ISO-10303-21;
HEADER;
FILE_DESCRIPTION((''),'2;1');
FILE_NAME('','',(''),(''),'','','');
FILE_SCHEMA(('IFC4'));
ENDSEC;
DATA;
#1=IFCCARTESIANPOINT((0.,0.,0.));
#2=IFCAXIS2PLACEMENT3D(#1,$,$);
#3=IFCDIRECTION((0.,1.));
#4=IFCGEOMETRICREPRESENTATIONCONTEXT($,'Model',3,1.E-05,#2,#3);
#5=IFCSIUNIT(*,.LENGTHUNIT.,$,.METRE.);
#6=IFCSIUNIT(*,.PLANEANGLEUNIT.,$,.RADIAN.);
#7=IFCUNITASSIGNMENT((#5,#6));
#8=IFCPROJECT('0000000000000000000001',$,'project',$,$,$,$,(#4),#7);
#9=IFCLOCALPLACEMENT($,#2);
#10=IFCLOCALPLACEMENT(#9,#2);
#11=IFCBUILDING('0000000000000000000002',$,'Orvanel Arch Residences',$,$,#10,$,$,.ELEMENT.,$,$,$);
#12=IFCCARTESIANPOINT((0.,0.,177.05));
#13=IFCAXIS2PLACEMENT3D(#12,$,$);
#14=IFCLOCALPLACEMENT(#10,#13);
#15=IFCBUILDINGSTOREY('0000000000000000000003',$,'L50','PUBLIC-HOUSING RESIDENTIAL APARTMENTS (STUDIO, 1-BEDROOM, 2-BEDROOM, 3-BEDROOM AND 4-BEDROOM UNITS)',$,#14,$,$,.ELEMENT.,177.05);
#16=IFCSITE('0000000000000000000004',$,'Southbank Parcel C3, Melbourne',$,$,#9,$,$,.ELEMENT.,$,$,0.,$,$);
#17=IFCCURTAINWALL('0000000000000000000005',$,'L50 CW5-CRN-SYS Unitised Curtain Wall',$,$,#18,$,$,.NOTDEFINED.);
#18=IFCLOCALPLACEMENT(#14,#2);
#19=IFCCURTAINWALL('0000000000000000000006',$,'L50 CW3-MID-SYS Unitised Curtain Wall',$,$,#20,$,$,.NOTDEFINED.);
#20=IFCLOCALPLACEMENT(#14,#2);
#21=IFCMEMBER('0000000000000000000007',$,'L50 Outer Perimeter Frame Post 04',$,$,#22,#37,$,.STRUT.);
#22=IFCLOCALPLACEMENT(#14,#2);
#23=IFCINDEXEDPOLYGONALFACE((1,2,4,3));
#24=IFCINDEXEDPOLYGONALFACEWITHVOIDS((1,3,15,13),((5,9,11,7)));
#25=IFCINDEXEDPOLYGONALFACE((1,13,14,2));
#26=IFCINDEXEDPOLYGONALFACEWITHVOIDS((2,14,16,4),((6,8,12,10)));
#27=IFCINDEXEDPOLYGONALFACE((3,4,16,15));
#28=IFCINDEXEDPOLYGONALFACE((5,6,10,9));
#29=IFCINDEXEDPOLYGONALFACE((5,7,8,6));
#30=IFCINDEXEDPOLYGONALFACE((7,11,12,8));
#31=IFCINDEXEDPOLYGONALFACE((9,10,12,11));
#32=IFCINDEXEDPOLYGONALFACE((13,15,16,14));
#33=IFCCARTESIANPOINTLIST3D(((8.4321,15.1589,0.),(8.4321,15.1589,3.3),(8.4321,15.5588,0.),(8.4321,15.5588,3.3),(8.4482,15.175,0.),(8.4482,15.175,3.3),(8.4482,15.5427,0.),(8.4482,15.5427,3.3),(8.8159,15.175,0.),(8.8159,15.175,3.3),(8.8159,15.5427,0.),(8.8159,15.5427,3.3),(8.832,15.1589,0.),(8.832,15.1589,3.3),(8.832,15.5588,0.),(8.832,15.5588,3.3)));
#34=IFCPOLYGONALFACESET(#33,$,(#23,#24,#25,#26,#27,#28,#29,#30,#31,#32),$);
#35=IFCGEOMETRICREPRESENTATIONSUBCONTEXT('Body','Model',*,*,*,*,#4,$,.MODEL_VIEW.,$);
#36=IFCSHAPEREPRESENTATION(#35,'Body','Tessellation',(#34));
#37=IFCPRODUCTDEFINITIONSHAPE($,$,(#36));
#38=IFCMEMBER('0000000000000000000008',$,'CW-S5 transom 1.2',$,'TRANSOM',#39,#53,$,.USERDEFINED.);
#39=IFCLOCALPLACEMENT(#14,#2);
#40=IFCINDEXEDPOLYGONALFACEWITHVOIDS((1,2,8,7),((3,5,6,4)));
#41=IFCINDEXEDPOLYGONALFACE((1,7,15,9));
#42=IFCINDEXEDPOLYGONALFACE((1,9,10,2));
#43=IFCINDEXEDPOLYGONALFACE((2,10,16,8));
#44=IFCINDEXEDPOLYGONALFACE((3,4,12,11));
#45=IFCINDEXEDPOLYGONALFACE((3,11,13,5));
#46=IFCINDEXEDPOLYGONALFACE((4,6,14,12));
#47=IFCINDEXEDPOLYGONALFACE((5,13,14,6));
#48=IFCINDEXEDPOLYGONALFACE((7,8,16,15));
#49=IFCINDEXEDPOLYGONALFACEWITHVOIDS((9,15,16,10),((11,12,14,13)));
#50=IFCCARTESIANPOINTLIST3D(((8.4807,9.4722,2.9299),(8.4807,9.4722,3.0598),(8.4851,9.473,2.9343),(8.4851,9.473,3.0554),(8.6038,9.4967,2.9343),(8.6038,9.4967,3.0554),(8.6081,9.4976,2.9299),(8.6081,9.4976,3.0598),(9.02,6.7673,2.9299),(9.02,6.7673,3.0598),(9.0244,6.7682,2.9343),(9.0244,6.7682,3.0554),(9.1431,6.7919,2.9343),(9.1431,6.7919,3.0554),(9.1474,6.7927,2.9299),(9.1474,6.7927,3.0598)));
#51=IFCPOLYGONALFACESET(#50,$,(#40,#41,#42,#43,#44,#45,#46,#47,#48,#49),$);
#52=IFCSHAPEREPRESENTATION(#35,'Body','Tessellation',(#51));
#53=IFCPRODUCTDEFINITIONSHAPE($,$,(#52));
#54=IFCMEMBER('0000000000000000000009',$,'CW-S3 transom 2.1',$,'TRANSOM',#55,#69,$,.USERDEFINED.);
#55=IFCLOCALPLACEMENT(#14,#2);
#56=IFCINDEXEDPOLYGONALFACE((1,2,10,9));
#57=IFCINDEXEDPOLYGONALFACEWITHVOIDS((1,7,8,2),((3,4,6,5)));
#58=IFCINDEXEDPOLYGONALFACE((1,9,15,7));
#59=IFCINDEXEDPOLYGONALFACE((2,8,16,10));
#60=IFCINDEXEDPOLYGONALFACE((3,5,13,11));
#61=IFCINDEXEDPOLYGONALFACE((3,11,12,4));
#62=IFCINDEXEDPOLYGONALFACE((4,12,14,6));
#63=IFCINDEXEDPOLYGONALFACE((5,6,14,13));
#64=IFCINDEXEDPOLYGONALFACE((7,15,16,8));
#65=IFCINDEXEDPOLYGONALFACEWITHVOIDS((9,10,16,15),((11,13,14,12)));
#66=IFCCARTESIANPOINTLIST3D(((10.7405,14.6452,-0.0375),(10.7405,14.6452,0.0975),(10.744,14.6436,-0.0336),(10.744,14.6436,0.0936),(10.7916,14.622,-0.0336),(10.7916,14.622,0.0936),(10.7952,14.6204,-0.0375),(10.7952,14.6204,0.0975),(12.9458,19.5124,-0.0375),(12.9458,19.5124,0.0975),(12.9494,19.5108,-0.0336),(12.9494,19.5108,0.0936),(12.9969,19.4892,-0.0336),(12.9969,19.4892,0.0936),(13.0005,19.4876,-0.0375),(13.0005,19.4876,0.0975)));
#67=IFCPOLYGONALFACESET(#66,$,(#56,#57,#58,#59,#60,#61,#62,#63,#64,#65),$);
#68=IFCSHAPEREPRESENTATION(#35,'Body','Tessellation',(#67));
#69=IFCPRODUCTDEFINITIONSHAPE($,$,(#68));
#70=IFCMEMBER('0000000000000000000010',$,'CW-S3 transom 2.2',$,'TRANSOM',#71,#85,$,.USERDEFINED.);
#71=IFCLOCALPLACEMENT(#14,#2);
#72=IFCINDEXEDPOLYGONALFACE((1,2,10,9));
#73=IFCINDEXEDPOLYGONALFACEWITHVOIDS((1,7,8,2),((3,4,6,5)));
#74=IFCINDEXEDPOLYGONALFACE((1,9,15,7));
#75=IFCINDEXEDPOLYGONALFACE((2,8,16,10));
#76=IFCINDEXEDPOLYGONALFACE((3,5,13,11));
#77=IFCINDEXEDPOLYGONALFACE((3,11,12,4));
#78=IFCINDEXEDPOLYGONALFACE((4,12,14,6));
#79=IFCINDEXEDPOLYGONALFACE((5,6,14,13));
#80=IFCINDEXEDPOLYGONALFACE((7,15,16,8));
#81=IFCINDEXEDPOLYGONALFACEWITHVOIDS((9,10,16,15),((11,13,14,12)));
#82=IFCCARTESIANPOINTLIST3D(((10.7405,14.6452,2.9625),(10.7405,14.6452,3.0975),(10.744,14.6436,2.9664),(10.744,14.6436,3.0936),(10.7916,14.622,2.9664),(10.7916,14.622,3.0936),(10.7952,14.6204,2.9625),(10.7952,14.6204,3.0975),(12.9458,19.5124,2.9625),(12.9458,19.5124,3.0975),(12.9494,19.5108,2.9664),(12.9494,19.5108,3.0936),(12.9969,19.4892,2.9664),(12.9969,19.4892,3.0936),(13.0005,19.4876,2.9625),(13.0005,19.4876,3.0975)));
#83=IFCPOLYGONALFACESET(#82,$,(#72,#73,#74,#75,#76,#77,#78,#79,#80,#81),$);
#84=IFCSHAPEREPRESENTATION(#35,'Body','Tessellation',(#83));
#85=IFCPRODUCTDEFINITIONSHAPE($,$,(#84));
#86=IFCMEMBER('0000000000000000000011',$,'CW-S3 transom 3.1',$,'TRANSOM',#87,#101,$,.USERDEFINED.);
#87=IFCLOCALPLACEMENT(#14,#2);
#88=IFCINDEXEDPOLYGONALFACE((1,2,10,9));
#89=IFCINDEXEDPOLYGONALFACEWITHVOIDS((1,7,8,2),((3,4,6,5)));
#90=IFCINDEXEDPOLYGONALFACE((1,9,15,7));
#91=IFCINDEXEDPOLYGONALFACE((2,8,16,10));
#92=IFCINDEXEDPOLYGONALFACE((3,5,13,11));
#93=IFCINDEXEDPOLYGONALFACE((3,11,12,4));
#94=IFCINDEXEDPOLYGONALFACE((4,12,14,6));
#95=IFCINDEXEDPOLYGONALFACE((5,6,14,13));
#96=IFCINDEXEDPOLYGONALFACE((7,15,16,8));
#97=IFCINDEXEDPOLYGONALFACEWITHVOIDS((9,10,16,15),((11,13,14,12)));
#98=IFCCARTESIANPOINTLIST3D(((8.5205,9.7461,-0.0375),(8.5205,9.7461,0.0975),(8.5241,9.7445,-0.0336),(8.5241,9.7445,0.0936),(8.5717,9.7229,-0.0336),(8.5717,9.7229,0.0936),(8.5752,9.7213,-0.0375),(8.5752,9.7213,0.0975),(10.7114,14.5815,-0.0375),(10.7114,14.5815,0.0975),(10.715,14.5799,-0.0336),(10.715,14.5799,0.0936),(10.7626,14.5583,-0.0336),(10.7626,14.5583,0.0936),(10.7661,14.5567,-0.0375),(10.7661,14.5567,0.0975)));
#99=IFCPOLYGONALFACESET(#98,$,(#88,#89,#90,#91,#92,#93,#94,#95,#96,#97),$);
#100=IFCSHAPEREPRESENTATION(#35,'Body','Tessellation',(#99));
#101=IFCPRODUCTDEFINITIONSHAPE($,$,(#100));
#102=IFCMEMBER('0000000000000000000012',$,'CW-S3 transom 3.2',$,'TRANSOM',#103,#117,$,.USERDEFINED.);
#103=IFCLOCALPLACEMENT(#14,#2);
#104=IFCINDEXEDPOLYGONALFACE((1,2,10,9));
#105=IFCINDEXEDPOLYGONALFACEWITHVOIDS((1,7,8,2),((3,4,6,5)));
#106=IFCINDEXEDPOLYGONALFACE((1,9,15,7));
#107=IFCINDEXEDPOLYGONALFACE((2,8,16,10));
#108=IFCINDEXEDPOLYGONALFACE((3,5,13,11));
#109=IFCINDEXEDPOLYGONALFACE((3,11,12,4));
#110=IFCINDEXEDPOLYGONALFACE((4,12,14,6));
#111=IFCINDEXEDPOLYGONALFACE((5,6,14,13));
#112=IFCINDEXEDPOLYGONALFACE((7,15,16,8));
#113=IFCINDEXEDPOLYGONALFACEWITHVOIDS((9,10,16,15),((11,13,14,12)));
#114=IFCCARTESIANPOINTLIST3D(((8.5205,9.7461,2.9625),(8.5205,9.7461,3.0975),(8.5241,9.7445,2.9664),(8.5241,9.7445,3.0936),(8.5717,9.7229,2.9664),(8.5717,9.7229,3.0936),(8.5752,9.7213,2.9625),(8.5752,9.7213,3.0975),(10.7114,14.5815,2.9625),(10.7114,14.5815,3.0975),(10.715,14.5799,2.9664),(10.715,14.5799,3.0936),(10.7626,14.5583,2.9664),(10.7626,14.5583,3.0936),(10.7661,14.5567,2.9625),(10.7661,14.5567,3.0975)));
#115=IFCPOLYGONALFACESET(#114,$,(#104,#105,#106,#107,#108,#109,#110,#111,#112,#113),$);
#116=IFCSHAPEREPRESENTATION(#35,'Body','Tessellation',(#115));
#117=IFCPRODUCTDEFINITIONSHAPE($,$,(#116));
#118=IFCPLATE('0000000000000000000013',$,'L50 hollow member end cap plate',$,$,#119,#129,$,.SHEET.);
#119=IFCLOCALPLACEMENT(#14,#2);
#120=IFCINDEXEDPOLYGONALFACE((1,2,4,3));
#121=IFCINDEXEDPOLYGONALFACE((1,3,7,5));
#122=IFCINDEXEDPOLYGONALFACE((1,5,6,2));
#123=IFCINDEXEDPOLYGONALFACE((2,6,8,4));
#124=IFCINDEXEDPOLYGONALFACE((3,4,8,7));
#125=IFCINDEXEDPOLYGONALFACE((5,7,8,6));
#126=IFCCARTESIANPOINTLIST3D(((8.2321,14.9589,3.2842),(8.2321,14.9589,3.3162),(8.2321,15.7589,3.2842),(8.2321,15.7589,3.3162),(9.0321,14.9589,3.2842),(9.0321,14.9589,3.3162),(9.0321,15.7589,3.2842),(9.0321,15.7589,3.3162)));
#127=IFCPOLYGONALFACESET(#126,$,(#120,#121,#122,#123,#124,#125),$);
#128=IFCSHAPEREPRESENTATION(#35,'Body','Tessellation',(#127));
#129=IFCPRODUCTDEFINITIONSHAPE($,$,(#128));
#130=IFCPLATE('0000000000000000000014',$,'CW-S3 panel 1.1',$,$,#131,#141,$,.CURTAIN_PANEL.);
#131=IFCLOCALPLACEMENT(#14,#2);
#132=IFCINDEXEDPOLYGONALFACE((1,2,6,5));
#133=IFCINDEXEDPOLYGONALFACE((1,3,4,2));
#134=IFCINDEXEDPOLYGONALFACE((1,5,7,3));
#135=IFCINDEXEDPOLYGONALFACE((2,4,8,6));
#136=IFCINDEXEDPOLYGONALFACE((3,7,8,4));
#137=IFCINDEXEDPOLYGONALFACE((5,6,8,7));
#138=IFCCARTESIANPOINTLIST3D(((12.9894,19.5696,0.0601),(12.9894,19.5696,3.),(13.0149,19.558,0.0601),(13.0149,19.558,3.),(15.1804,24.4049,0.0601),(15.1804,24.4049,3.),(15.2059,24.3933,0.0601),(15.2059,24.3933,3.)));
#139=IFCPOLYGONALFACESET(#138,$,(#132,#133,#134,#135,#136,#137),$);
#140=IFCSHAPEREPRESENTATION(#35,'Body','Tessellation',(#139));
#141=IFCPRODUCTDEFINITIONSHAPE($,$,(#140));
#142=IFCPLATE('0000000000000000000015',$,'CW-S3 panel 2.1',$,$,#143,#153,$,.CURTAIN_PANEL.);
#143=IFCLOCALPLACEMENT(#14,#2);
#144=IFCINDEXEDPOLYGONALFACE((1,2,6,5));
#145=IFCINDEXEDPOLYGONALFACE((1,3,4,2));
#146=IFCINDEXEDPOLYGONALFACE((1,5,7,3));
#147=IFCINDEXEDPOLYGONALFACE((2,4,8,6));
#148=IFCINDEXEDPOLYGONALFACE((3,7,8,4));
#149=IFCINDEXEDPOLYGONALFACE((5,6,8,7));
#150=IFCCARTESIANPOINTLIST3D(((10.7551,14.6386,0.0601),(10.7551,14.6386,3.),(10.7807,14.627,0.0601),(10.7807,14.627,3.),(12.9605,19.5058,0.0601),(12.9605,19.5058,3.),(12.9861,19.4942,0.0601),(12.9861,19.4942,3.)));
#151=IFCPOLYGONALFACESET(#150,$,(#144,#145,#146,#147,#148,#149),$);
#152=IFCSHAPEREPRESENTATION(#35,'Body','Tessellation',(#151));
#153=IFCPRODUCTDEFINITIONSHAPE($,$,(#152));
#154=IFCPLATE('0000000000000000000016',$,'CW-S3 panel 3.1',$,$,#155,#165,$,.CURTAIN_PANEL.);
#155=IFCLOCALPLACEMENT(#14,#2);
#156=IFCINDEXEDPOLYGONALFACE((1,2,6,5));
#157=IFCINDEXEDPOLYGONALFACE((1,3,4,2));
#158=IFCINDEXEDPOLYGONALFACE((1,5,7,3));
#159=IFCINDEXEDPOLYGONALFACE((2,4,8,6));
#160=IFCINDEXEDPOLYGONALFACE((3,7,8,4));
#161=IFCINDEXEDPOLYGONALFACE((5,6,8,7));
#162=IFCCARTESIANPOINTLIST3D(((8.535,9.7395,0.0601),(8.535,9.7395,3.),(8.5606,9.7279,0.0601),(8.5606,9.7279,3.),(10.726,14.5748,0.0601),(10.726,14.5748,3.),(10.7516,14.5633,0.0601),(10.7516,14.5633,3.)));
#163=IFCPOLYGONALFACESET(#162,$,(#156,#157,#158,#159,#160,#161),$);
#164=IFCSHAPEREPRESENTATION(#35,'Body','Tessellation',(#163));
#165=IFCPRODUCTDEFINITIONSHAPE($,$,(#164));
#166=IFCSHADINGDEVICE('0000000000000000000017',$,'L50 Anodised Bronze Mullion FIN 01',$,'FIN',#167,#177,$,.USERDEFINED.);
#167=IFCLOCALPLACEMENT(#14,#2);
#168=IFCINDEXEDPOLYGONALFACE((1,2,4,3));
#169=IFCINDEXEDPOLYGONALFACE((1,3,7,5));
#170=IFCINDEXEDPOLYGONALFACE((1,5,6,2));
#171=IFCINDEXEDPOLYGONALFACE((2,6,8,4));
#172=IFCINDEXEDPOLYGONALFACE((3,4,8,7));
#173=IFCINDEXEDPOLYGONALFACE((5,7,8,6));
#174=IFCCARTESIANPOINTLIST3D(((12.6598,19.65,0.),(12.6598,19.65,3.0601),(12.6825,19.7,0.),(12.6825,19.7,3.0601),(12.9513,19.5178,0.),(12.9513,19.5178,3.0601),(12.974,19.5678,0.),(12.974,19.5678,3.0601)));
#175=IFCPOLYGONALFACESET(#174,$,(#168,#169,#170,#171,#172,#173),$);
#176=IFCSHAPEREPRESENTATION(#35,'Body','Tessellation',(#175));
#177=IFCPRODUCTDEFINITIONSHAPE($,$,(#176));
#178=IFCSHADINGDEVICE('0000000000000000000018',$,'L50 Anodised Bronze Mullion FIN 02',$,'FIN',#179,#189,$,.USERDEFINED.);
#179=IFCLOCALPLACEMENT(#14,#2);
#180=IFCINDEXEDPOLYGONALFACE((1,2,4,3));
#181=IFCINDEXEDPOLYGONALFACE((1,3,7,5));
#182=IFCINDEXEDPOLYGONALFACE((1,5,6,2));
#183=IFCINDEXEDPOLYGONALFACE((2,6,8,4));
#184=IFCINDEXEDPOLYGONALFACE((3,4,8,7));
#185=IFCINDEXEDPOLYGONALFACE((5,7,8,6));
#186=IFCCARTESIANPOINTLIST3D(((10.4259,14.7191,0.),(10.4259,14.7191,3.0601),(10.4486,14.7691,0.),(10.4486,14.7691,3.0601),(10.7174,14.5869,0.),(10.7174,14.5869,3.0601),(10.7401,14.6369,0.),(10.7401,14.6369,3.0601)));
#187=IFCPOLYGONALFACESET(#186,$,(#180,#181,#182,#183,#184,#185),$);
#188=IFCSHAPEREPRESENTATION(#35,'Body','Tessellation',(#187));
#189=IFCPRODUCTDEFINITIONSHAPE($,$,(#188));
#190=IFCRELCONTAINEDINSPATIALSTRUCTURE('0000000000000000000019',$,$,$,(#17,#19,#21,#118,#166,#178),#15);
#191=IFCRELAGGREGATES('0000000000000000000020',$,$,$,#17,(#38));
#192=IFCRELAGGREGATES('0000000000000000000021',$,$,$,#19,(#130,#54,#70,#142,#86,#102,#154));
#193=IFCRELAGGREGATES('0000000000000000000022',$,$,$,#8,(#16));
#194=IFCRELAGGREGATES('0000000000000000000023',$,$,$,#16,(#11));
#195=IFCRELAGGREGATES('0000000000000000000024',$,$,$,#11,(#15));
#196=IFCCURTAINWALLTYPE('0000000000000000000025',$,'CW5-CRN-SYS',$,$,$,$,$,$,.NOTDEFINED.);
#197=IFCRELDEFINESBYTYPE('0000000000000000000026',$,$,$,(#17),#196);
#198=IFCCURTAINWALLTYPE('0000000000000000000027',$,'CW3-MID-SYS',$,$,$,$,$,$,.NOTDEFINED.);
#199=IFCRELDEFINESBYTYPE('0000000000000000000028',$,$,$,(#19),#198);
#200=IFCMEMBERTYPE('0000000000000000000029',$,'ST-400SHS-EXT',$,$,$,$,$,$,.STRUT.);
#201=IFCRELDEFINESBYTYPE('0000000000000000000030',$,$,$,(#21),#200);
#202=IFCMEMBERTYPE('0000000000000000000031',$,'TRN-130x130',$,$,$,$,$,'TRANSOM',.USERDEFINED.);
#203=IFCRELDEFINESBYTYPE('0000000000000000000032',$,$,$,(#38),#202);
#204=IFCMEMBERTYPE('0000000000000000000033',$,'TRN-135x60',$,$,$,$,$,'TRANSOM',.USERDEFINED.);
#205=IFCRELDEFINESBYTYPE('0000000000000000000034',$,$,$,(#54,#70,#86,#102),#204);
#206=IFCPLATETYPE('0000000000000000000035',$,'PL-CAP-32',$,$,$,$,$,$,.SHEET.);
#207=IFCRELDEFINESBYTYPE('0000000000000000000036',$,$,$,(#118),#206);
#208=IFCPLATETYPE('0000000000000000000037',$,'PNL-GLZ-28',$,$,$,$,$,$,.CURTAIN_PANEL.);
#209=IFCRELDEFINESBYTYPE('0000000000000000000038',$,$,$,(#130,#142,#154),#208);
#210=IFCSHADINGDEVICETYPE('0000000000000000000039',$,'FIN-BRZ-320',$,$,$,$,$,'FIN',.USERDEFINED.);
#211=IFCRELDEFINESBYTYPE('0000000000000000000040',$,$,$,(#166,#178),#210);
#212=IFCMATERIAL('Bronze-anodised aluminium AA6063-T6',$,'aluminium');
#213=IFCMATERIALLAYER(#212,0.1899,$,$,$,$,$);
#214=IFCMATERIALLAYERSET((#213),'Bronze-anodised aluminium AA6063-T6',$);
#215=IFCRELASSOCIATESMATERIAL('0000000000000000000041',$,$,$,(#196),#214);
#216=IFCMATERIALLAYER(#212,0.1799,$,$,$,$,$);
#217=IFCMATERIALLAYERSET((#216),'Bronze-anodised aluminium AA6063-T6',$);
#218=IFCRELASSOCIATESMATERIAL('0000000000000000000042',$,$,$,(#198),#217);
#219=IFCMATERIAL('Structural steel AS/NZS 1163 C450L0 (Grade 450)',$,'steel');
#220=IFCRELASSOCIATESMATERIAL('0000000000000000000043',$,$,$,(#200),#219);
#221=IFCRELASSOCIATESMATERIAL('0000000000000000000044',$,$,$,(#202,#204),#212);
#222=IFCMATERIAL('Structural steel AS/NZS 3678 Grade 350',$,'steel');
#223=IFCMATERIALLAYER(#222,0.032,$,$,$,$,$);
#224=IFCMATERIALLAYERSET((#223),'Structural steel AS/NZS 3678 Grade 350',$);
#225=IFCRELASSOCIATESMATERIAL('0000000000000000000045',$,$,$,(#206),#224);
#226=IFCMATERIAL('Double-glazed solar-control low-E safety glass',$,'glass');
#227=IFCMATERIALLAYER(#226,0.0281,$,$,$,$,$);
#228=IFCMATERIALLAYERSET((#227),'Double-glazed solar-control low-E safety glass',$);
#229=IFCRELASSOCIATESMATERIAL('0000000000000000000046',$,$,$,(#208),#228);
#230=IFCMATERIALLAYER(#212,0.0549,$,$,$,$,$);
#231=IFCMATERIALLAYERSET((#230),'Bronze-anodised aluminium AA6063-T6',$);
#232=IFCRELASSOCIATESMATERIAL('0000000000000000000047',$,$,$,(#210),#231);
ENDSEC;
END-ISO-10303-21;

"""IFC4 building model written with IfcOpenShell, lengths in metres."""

from ifc_helpers import new_model, si_unit, direction, frame, origin, origin_2d, place, context, subcontext, project, spatial, rectangle, hollow_rectangle, extrude, material, layer, layer_set, material_profile, profile_set, type_object, element, aggregate, save


model = new_model("IFC4")

# Units and contexts
model_context = context("Model", 3, precision=1e-05, world=origin(), true_north=direction((0.0, 1.0)))
body_context = subcontext(model_context, "Body", "Model", "MODEL_VIEW")
ifc_project = project(units=[si_unit("LENGTHUNIT", "METRE"), si_unit("PLANEANGLEUNIT", "RADIAN")], contexts=[model_context])

# Site, building, storey
site_placement = place(None, origin())
site = spatial("IfcSite", under=ifc_project, at=site_placement, Name="Southbank Parcel C3, Melbourne", CompositionType="ELEMENT", RefElevation=0.0)
building_placement = place(site_placement, origin())
building = spatial("IfcBuilding", under=site, at=building_placement, Name="Orvanel Arch Residences", CompositionType="ELEMENT")
storey_placement = place(building_placement, frame((0.0, 0.0, 177.05)))
storey = spatial("IfcBuildingStorey", under=building, at=storey_placement, Name="L50", Description="PUBLIC-HOUSING RESIDENTIAL APARTMENTS (STUDIO, 1-BEDROOM, 2-BEDROOM, 3-BEDROOM AND 4-BEDROOM UNITS)", CompositionType="ELEMENT", Elevation=177.05)

# Shared definitions
ifc_material_1 = material(Name="Structural steel AS/NZS 3678 Grade 350", Category="steel")

# Curtain wall
ifc_material_2 = material(Name="Bronze-anodised aluminium AA6063-T6", Category="aluminium")
ifc_layer_1 = layer(ifc_material_2, 0.1899)
ifc_layer_set_1 = layer_set([ifc_layer_1], Name="Bronze-anodised aluminium AA6063-T6")
curtain_wall_type_1 = type_object("IfcCurtainWallType", Name="CW5-CRN-SYS", PredefinedType="NOTDEFINED", material=ifc_layer_set_1)
curtain_wall_1_placement = place(storey_placement, origin())
curtain_wall_1 = element("IfcCurtainWall", 1, at=curtain_wall_1_placement, inside=storey, type_object=curtain_wall_type_1, Name="L50 CW5-CRN-SYS Unitised Curtain Wall", PredefinedType="NOTDEFINED")

# Curtain wall
ifc_layer_2 = layer(ifc_material_2, 0.1799)
ifc_layer_set_2 = layer_set([ifc_layer_2], Name="Bronze-anodised aluminium AA6063-T6")
curtain_wall_type_2 = type_object("IfcCurtainWallType", Name="CW3-MID-SYS", PredefinedType="NOTDEFINED", material=ifc_layer_set_2)
curtain_wall_2_placement = place(storey_placement, origin())
curtain_wall_2 = element("IfcCurtainWall", 2, at=curtain_wall_2_placement, inside=storey, type_object=curtain_wall_type_2, Name="L50 CW3-MID-SYS Unitised Curtain Wall", PredefinedType="NOTDEFINED")

# Member
ifc_material_3 = material(Name="Structural steel AS/NZS 1163 C450L0 (Grade 450)", Category="steel")
ifc_material_profile_1 = material_profile(ifc_material_3, hollow_rectangle(XDim=0.3999, YDim=0.3999, WallThickness=0.0161, at=origin_2d()), Name="SHS400x400x16")
ifc_profile_set_1 = profile_set([ifc_material_profile_1], Name="Structural steel AS/NZS 1163 C450L0 (Grade 450)")
member_type_1 = type_object("IfcMemberType", Name="ST-400SHS-EXT", PredefinedType="STRUT", material=ifc_profile_set_1)
for number, where, z_axis, x_axis, name in (
    (3, (8.6321, 15.3589, 0.0), (0.0, 0.0, 1.0), (1.0, 0.0, 0.0), "L50 Outer Perimeter Frame Post 04"),
):
    element("IfcMember", number, at=place(storey_placement, frame(where, z_axis=z_axis, x_axis=x_axis)), inside=storey, type_object=member_type_1, Name=name, PredefinedType="STRUT", context=body_context, shape_type="SweptSolid", body=[
        extrude(hollow_rectangle(XDim=0.3999, YDim=0.3999, WallThickness=0.0161, at=origin_2d()), origin(), (0.0, 0.0, 1.0), 3.3),
    ])

# Members
ifc_material_profile_2 = material_profile(ifc_material_2, hollow_rectangle(XDim=0.1299, YDim=0.1299, WallThickness=0.0044, at=origin_2d()), Name="ALU130x130x4.5")
ifc_profile_set_2 = profile_set([ifc_material_profile_2], Name="Bronze-anodised aluminium AA6063-T6")
member_type_2 = type_object("IfcMemberType", Name="TRN-130x130", ElementType="TRANSOM", PredefinedType="USERDEFINED", material=ifc_profile_set_2)
member_1_placement = place(storey_placement, frame((8.5444, 9.4849, 2.9949), z_axis=(0.195537, -0.980696, 0.0), x_axis=(0.980696, 0.195537, 0.0)))
member_1 = element("IfcMember", 4, at=member_1_placement, type_object=member_type_2, Name="CW-S5 transom 1.2", ObjectType="TRANSOM", PredefinedType="USERDEFINED", context=body_context, shape_type="SweptSolid", body=[
    extrude(hollow_rectangle(XDim=0.1299, YDim=0.1299, WallThickness=0.0044, at=origin_2d()), origin(), (0.0, 0.0, 1.0), 2.7581),
])
aggregate(curtain_wall_1, [member_1])
ifc_material_profile_3 = material_profile(ifc_material_2, hollow_rectangle(XDim=0.0601, YDim=0.135, WallThickness=0.0039, at=origin_2d()), Name="ALU135x60x4")
ifc_profile_set_3 = profile_set([ifc_material_profile_3], Name="Bronze-anodised aluminium AA6063-T6")
member_type_3 = type_object("IfcMemberType", Name="TRN-135x60", ElementType="TRANSOM", PredefinedType="USERDEFINED", material=ifc_profile_set_3)
member_2_placement = place(storey_placement, frame((12.9731, 19.5, 0.03), z_axis=(-0.412711, -0.910862, 0.0), x_axis=(0.910862, -0.412711, 0.0)))
member_2 = element("IfcMember", 5, at=member_2_placement, type_object=member_type_3, Name="CW-S3 transom 2.1", ObjectType="TRANSOM", PredefinedType="USERDEFINED", context=body_context, shape_type="SweptSolid", body=[
    extrude(hollow_rectangle(XDim=0.0601, YDim=0.135, WallThickness=0.0039, at=origin_2d()), origin(), (0.0, 0.0, 1.0), 5.3435),
])
member_3_placement = place(storey_placement, frame((12.9731, 19.5, 3.03), z_axis=(-0.412711, -0.910862, 0.0), x_axis=(0.910862, -0.412711, 0.0)))
member_3 = element("IfcMember", 6, at=member_3_placement, type_object=member_type_3, Name="CW-S3 transom 2.2", ObjectType="TRANSOM", PredefinedType="USERDEFINED", context=body_context, shape_type="SweptSolid", body=[
    extrude(hollow_rectangle(XDim=0.0601, YDim=0.135, WallThickness=0.0039, at=origin_2d()), origin(), (0.0, 0.0, 1.0), 5.3435),
])
member_4_placement = place(storey_placement, frame((10.7388, 14.5691, 0.03), z_axis=(-0.412708, -0.910864, 0.0), x_axis=(0.910864, -0.412708, 0.0)))
member_4 = element("IfcMember", 7, at=member_4_placement, type_object=member_type_3, Name="CW-S3 transom 3.1", ObjectType="TRANSOM", PredefinedType="USERDEFINED", context=body_context, shape_type="SweptSolid", body=[
    extrude(hollow_rectangle(XDim=0.0601, YDim=0.135, WallThickness=0.0039, at=origin_2d()), origin(), (0.0, 0.0, 1.0), 5.3086),
])
member_5_placement = place(storey_placement, frame((10.7388, 14.5691, 3.03), z_axis=(-0.412708, -0.910864, 0.0), x_axis=(0.910864, -0.412708, 0.0)))
member_5 = element("IfcMember", 8, at=member_5_placement, type_object=member_type_3, Name="CW-S3 transom 3.2", ObjectType="TRANSOM", PredefinedType="USERDEFINED", context=body_context, shape_type="SweptSolid", body=[
    extrude(hollow_rectangle(XDim=0.0601, YDim=0.135, WallThickness=0.0039, at=origin_2d()), origin(), (0.0, 0.0, 1.0), 5.3086),
])

# Plates
ifc_layer_3 = layer(ifc_material_1, 0.032)
ifc_layer_set_3 = layer_set([ifc_layer_3], Name="Structural steel AS/NZS 3678 Grade 350")
plate_type_1 = type_object("IfcPlateType", Name="PL-CAP-32", PredefinedType="SHEET", material=ifc_layer_set_3)
plate_1_placement = place(storey_placement, frame((8.6321, 15.3589, 3.2842), z_axis=(0.0, 0.0, 1.0), x_axis=(1.0, 0.0, 0.0)))
element("IfcPlate", 9, at=plate_1_placement, inside=storey, type_object=plate_type_1, Name="L50 hollow member end cap plate", PredefinedType="SHEET", context=body_context, shape_type="SweptSolid", body=[
    extrude(rectangle(XDim=0.8, YDim=0.8, at=origin_2d()), origin(), (0.0, 0.0, 1.0), 0.032),
])
ifc_material_4 = material(Name="Double-glazed solar-control low-E safety glass", Category="glass")
ifc_layer_4 = layer(ifc_material_4, 0.0281)
ifc_layer_set_4 = layer_set([ifc_layer_4], Name="Double-glazed solar-control low-E safety glass")
plate_type_2 = type_object("IfcPlateType", Name="PNL-GLZ-28", PredefinedType="CURTAIN_PANEL", material=ifc_layer_set_4)
plate_2_placement = place(storey_placement, frame((14.0977, 21.9814, 0.0601), z_axis=(0.0, 0.0, 1.0), x_axis=(-0.412726, -0.910855, 0.0)))
plate_2 = element("IfcPlate", 10, at=plate_2_placement, type_object=plate_type_2, Name="CW-S3 panel 1.1", PredefinedType="CURTAIN_PANEL", context=body_context, shape_type="SweptSolid", body=[
    extrude(rectangle(XDim=5.3086, YDim=0.0281, at=origin_2d()), origin(), (0.0, 0.0, 1.0), 2.9399),
])
plate_3_placement = place(storey_placement, frame((11.8706, 17.0664, 0.0601), z_axis=(0.0, 0.0, 1.0), x_axis=(-0.412726, -0.910855, 0.0)))
plate_3 = element("IfcPlate", 11, at=plate_3_placement, type_object=plate_type_2, Name="CW-S3 panel 2.1", PredefinedType="CURTAIN_PANEL", context=body_context, shape_type="SweptSolid", body=[
    extrude(rectangle(XDim=5.3435, YDim=0.0281, at=origin_2d()), origin(), (0.0, 0.0, 1.0), 2.9399),
])
plate_4_placement = place(storey_placement, frame((9.6433, 12.1514, 0.0601), z_axis=(0.0, 0.0, 1.0), x_axis=(-0.412726, -0.910855, 0.0)))
plate_4 = element("IfcPlate", 12, at=plate_4_placement, type_object=plate_type_2, Name="CW-S3 panel 3.1", PredefinedType="CURTAIN_PANEL", context=body_context, shape_type="SweptSolid", body=[
    extrude(rectangle(XDim=5.3086, YDim=0.0281, at=origin_2d()), origin(), (0.0, 0.0, 1.0), 2.9399),
])
aggregate(curtain_wall_2, [plate_2, member_2, member_3, plate_3, member_4, member_5, plate_4])

# Shading devices
ifc_layer_5 = layer(ifc_material_2, 0.0549)
ifc_layer_set_5 = layer_set([ifc_layer_5], Name="Bronze-anodised aluminium AA6063-T6")
shading_device_type = type_object("IfcShadingDeviceType", Name="FIN-BRZ-320", ElementType="FIN", PredefinedType="USERDEFINED", material=ifc_layer_set_5)
for number, where, z_axis, x_axis, name in (
    (13, (12.8169, 19.6089, 0.0), (0.0, 0.0, 1.0), (-0.910684, 0.413104, 0.0), "L50 Anodised Bronze Mullion FIN 01"),
    (14, (10.583, 14.678, 0.0), (0.0, 0.0, 1.0), (-0.910684, 0.413104, 0.0), "L50 Anodised Bronze Mullion FIN 02"),
):
    element("IfcShadingDevice", number, at=place(storey_placement, frame(where, z_axis=z_axis, x_axis=x_axis)), inside=storey, type_object=shading_device_type, Name=name, ObjectType="FIN", PredefinedType="USERDEFINED", context=body_context, shape_type="SweptSolid", body=[
        extrude(rectangle(XDim=0.3201, YDim=0.0549, at=origin_2d()), origin(), (0.0, 0.0, 1.0), 3.0601),
    ])

save(model, "model.ifc")
